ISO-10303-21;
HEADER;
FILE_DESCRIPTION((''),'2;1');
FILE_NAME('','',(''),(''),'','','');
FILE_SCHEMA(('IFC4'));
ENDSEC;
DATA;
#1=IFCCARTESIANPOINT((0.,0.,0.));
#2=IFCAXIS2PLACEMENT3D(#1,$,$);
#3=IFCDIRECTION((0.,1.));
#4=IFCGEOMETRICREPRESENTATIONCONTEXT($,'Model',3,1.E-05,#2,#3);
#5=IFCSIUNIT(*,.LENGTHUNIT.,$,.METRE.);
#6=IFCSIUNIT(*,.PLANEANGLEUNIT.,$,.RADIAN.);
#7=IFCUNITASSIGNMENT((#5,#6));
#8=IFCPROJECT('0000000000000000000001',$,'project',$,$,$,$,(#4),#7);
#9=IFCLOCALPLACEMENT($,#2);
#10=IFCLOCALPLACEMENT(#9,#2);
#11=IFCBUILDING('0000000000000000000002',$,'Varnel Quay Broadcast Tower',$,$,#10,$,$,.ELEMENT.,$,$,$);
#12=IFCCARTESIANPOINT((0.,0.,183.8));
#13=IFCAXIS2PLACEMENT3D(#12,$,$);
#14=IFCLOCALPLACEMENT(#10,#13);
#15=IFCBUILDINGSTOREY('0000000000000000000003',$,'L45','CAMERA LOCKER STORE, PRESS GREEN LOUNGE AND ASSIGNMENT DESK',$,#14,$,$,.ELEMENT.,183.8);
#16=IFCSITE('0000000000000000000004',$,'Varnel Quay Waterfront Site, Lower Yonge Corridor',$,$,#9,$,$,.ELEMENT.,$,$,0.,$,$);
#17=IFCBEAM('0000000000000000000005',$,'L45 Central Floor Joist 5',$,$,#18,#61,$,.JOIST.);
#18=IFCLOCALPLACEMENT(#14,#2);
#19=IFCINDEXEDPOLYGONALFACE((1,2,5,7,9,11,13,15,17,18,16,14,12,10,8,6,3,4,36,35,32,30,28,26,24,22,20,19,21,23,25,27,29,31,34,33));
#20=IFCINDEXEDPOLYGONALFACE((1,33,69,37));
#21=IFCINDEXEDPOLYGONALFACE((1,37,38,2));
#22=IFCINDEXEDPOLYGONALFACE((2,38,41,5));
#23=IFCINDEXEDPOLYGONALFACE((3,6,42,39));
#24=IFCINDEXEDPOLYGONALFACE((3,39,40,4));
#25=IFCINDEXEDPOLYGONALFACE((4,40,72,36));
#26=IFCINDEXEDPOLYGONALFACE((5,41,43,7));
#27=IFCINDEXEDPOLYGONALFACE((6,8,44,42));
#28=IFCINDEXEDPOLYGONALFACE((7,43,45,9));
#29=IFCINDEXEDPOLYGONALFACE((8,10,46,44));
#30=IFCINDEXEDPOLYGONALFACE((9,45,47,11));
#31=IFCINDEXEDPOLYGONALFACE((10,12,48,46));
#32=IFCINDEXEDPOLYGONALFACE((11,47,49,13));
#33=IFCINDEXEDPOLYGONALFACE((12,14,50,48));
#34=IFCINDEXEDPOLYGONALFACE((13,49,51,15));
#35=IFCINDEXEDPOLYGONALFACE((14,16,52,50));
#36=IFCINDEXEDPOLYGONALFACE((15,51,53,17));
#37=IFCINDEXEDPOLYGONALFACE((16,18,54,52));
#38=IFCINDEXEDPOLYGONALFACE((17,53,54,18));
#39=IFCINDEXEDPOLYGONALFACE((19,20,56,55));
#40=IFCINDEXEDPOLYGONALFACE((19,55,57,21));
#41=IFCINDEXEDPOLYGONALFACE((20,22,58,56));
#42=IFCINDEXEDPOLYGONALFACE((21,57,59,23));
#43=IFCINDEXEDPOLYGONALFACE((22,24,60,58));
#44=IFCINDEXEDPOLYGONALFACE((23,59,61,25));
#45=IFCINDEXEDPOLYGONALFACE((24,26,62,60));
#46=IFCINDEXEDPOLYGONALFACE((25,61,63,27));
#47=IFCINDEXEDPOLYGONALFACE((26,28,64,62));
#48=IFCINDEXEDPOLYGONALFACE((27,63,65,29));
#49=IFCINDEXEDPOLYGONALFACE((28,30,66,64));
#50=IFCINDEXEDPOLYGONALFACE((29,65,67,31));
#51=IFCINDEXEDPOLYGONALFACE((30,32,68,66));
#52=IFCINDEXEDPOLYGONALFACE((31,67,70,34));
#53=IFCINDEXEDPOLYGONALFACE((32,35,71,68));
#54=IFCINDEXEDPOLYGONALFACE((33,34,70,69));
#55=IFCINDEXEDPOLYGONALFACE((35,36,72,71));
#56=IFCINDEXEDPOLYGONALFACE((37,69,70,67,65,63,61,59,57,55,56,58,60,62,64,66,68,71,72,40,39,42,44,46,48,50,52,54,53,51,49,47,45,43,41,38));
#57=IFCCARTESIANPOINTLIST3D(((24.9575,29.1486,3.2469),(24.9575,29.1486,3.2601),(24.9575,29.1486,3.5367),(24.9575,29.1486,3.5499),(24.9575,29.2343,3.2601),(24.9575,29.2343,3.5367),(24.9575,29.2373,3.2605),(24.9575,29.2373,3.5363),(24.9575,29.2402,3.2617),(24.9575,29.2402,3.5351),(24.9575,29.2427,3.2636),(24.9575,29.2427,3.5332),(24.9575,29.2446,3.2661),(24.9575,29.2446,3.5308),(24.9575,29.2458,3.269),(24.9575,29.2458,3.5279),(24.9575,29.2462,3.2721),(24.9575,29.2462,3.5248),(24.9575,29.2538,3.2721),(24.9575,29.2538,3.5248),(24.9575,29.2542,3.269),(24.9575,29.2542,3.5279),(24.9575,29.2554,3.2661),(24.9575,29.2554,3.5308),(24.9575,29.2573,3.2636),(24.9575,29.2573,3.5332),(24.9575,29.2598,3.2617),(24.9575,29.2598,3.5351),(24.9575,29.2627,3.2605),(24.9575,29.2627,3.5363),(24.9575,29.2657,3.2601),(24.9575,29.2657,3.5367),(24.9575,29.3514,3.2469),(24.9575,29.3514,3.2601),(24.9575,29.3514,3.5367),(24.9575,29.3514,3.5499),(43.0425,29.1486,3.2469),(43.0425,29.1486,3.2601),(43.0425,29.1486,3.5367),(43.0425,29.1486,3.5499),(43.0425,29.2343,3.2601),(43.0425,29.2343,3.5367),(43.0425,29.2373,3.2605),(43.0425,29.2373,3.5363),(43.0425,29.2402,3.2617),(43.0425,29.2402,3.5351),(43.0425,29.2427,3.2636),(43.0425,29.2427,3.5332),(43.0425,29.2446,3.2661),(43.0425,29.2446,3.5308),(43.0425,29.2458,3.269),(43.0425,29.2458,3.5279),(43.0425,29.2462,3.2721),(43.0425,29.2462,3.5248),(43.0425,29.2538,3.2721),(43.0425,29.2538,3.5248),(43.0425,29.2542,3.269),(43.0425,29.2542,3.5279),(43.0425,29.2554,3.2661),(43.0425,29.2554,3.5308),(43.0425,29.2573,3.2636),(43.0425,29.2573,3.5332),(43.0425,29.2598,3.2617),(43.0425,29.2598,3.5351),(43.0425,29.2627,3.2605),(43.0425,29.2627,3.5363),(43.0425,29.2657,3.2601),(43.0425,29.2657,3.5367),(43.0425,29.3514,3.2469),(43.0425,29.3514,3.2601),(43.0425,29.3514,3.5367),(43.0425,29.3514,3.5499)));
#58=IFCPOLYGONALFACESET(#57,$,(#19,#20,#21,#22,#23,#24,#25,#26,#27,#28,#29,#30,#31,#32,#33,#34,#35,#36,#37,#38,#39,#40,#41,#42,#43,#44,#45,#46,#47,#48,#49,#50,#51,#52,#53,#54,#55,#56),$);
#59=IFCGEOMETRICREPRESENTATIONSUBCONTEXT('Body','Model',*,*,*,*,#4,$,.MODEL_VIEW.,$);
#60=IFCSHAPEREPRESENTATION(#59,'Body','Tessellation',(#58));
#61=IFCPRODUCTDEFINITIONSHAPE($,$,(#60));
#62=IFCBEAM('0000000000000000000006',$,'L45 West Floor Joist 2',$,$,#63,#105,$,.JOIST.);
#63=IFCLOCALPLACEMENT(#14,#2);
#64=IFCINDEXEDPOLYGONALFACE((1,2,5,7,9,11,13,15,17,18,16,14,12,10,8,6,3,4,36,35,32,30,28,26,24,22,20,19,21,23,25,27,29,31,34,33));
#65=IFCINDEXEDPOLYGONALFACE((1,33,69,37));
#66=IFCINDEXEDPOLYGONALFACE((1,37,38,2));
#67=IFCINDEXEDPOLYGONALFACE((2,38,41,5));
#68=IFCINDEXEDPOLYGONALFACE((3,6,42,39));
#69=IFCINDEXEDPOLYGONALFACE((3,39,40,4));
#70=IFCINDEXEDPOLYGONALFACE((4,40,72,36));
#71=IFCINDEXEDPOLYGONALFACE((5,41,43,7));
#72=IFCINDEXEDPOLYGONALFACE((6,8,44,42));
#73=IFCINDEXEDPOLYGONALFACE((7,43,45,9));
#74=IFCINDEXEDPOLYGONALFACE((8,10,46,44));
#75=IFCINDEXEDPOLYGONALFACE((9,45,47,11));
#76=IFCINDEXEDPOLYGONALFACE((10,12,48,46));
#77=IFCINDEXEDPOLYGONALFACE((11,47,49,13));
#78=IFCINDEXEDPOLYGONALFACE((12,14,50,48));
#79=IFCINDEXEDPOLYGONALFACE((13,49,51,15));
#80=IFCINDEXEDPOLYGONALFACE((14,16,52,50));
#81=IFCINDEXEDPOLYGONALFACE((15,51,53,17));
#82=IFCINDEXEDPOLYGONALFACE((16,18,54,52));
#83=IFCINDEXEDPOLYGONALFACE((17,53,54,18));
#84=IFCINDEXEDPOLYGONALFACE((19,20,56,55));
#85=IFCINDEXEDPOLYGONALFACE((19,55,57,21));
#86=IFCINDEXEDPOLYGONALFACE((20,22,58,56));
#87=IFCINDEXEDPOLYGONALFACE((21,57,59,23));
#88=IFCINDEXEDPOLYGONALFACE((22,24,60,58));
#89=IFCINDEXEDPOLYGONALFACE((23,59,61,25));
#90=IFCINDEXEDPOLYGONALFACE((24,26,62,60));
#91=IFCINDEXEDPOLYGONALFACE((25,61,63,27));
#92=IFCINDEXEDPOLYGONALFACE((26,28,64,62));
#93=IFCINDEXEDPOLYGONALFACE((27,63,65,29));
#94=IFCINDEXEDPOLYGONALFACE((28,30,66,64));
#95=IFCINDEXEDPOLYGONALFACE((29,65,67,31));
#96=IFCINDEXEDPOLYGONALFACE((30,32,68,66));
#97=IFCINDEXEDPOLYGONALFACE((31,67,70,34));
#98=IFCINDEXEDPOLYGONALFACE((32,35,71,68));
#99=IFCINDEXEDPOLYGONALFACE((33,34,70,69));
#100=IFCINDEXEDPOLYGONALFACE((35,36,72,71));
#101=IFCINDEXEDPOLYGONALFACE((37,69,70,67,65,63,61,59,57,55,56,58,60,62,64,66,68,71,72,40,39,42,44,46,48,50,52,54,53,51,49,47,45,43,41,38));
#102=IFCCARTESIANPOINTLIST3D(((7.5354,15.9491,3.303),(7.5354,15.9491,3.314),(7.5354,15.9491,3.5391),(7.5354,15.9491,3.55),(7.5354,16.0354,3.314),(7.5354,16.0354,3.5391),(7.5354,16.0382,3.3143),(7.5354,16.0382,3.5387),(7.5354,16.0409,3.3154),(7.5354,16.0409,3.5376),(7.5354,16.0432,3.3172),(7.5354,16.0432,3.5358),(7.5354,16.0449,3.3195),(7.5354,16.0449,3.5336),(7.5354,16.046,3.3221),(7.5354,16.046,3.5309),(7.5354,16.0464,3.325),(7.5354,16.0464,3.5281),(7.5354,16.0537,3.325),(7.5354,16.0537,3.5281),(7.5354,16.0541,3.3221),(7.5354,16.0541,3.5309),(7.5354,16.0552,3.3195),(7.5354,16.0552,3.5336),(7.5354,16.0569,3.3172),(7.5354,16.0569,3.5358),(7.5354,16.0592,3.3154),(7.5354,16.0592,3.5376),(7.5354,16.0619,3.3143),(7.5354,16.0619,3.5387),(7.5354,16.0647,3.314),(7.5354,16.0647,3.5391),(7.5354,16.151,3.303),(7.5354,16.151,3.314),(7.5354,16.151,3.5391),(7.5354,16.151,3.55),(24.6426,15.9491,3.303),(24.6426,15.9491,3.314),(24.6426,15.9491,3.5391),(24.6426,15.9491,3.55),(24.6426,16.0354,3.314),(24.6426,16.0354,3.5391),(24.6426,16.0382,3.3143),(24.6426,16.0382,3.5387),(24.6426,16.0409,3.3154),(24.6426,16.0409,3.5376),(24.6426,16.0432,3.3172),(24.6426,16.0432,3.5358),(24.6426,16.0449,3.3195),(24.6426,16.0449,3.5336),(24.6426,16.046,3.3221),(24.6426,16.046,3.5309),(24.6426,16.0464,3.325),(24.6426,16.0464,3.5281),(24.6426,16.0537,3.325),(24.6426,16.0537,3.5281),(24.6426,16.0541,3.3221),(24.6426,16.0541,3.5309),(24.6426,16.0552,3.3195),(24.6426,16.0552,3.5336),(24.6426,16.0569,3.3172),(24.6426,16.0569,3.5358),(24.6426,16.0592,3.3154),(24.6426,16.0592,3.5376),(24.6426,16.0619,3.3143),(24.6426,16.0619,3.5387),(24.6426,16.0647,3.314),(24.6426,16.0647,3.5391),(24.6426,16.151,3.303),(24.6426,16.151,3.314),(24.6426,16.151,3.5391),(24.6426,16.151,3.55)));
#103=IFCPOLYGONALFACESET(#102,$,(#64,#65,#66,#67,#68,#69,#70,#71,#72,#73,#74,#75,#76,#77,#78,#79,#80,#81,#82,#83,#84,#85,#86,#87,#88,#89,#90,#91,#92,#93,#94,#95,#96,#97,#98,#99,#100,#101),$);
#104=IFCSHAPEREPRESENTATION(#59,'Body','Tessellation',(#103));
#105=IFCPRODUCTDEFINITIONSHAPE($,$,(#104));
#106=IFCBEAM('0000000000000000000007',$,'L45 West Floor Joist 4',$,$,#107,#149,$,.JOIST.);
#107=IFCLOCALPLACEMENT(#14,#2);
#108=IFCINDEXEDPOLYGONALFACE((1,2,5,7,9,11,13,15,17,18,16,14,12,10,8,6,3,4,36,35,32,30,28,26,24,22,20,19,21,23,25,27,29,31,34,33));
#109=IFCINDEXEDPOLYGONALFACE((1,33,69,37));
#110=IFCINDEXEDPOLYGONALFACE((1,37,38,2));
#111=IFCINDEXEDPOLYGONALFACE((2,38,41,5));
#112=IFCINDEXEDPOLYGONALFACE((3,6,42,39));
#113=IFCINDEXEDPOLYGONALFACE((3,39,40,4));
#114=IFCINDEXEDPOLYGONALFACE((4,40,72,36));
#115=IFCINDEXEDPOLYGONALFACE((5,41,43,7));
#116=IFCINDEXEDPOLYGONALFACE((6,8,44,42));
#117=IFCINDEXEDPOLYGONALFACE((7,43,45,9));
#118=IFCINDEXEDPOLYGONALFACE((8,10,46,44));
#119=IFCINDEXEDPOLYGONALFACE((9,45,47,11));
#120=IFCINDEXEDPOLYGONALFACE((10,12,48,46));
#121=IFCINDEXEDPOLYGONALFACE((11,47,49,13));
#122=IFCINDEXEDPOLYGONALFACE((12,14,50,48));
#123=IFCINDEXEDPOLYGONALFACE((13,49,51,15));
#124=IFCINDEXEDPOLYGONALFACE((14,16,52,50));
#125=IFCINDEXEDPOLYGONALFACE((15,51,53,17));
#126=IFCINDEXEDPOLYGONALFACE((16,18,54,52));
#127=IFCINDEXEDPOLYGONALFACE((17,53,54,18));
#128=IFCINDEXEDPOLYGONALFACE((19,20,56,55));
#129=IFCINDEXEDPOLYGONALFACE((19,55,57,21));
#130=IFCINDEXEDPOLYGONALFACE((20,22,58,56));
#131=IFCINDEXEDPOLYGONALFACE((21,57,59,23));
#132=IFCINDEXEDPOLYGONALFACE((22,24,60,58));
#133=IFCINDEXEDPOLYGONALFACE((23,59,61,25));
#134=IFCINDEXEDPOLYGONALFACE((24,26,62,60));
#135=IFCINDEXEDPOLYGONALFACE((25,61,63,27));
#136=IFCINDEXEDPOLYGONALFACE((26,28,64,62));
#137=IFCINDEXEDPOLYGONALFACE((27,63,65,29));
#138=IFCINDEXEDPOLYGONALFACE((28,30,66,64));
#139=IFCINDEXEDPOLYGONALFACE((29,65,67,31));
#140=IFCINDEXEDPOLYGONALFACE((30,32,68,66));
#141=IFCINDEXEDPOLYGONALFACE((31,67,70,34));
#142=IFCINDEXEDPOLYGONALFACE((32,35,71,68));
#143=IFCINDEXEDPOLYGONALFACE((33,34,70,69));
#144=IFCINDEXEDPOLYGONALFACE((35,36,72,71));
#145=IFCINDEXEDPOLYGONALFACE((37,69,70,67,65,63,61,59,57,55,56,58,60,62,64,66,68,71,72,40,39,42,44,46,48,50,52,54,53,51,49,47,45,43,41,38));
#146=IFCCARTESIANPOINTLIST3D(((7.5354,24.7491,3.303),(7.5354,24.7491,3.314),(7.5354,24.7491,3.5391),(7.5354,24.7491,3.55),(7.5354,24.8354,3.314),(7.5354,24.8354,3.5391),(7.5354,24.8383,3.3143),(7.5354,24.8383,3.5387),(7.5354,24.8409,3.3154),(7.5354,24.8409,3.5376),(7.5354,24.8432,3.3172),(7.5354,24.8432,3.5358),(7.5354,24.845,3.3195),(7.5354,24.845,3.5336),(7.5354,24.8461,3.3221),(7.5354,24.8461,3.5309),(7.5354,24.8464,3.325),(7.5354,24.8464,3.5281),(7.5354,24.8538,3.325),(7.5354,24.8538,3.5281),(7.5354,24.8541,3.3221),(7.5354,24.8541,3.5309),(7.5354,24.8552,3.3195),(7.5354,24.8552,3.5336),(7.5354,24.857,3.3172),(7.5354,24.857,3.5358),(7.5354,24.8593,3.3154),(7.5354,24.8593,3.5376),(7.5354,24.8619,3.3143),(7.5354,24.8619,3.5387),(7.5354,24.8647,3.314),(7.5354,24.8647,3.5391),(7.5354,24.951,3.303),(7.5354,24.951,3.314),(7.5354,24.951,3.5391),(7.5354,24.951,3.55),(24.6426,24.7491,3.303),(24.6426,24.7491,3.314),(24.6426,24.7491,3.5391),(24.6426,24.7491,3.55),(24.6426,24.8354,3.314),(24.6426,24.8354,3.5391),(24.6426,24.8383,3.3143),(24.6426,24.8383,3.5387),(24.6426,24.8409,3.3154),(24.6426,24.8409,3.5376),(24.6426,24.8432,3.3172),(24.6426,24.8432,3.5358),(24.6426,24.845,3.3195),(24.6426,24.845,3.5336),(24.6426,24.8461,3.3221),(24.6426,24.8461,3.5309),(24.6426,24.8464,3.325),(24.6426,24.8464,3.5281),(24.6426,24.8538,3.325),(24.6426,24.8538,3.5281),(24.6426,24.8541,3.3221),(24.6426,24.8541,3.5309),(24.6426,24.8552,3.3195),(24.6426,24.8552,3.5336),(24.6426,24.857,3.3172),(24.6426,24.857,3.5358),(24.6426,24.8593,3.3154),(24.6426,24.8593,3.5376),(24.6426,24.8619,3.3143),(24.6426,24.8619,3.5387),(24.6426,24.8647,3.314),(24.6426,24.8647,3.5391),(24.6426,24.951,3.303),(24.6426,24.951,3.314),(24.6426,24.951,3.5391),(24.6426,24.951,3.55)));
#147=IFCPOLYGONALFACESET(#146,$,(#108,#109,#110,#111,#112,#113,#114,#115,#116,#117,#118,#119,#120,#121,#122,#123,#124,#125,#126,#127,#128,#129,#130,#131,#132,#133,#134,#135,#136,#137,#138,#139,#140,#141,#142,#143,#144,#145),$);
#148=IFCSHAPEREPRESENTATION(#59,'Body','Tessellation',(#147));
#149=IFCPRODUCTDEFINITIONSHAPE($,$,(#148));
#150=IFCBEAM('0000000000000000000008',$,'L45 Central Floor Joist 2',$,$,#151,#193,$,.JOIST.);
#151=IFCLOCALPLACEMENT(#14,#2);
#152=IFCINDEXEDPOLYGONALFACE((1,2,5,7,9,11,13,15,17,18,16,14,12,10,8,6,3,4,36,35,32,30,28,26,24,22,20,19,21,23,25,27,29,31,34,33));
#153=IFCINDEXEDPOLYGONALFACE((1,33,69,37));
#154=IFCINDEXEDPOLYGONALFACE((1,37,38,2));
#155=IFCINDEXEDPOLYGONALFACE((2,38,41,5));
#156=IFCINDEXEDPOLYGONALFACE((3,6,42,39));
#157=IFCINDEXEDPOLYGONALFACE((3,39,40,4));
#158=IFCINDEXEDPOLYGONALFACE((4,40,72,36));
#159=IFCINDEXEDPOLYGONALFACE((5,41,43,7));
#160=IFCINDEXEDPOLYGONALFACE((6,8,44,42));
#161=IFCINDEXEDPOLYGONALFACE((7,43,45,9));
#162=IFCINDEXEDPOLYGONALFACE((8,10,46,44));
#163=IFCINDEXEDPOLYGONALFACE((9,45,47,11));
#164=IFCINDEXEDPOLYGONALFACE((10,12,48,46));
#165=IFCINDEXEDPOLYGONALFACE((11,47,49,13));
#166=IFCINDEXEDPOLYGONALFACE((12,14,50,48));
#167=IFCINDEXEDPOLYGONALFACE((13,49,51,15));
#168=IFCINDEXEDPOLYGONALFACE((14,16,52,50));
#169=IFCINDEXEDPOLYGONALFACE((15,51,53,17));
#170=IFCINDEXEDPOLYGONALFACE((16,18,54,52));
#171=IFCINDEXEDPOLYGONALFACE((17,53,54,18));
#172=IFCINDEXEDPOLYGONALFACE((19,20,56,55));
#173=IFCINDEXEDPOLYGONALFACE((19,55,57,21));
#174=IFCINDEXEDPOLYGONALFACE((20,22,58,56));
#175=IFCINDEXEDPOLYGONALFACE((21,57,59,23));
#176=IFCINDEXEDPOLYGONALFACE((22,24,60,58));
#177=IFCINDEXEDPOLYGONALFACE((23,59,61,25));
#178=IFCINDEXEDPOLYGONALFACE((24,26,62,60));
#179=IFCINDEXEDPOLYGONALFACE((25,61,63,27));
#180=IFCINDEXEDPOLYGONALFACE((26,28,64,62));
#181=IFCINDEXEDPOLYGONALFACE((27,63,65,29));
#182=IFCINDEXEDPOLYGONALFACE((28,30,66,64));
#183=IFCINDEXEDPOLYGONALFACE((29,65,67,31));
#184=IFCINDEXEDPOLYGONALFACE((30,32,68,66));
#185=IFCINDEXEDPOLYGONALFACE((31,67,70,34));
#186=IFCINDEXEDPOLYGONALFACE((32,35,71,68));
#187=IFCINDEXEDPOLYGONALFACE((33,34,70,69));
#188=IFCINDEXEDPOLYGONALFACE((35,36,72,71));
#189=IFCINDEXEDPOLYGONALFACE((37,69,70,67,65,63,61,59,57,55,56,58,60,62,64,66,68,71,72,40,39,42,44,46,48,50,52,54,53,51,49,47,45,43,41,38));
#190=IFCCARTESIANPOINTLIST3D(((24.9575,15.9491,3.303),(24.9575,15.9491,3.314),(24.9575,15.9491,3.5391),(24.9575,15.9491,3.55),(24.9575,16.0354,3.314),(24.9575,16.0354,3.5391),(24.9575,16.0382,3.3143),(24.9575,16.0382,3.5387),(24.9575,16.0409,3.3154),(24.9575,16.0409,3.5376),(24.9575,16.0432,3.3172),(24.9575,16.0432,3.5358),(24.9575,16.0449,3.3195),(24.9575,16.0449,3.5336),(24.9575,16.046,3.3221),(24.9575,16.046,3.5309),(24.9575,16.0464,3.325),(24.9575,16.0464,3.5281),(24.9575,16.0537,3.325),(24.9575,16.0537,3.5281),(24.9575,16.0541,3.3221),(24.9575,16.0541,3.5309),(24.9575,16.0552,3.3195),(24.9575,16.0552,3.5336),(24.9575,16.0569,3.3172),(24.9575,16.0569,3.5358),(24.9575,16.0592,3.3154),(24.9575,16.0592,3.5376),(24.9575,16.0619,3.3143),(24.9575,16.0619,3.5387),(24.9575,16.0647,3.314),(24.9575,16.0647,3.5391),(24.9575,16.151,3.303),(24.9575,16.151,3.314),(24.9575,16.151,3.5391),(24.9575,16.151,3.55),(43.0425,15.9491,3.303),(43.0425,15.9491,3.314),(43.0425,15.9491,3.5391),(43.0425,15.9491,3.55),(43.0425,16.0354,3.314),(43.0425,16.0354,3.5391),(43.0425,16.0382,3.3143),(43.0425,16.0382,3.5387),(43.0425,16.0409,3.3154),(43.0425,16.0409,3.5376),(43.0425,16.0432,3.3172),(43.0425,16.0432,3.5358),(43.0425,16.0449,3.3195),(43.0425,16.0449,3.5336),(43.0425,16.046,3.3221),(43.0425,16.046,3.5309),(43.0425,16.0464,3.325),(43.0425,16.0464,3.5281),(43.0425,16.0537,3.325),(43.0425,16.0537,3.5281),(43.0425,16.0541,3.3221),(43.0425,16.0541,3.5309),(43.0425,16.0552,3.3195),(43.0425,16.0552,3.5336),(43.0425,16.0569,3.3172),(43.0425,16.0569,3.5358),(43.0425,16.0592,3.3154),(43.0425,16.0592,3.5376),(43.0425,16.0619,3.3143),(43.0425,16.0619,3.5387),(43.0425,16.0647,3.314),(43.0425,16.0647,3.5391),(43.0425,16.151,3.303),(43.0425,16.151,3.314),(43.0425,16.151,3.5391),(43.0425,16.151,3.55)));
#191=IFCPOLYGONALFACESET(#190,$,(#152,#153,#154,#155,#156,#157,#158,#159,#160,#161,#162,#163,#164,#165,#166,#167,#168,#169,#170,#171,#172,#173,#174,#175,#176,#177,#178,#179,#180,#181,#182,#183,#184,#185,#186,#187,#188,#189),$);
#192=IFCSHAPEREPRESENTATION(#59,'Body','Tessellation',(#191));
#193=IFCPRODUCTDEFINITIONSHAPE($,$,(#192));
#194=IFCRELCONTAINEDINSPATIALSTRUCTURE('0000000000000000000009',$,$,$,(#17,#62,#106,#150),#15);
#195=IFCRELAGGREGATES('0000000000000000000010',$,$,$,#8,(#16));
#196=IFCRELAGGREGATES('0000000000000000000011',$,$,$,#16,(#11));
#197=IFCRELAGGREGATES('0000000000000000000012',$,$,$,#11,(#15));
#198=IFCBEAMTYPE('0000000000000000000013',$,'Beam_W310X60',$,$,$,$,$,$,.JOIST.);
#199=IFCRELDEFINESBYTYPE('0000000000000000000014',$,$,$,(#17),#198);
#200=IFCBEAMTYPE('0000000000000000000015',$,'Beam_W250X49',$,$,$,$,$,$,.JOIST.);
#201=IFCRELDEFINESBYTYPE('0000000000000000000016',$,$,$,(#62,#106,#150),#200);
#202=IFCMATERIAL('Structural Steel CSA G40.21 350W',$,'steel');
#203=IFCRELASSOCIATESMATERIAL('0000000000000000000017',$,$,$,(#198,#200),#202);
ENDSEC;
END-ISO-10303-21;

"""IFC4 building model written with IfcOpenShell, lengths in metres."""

from ifc_helpers import new_model, si_unit, direction, frame, origin, origin_2d, place, context, subcontext, project, spatial, i_section, extrude, source, transform, mapped, material, material_profile, profile_set, type_object, type_shapes, element, save


model = new_model("IFC4")

# Units and contexts
model_context = context("Model", 3, precision=1e-05, world=origin(), true_north=direction((0.0, 1.0)))
body_context = subcontext(model_context, "Body", "Model", "MODEL_VIEW")
ifc_project = project(units=[si_unit("LENGTHUNIT", "METRE"), si_unit("PLANEANGLEUNIT", "RADIAN")], contexts=[model_context])

# Site, building, storey
site_placement = place(None, origin())
site = spatial("IfcSite", under=ifc_project, at=site_placement, Name="Varnel Quay Waterfront Site, Lower Yonge Corridor", CompositionType="ELEMENT", RefElevation=0.0)
building_placement = place(site_placement, origin())
building = spatial("IfcBuilding", under=site, at=building_placement, Name="Varnel Quay Broadcast Tower", CompositionType="ELEMENT")
storey_placement = place(building_placement, frame((0.0, 0.0, 183.8)))
storey = spatial("IfcBuildingStorey", under=building, at=storey_placement, Name="L45", Description="CAMERA LOCKER STORE, PRESS GREEN LOUNGE AND ASSIGNMENT DESK", CompositionType="ELEMENT", Elevation=183.8)

# Shared definitions
ifc_material_1 = material(Name="Structural Steel CSA G40.21 350W", Category="steel")

# Beams
ifc_material_profile_1 = material_profile(ifc_material_1, i_section(OverallWidth=0.2029, OverallDepth=0.303, WebThickness=0.0076, FlangeThickness=0.0132, FilletRadius=0.012, at=origin_2d()), Name="W310X60")
ifc_profile_set_1 = profile_set([ifc_material_profile_1], Name="Structural Steel CSA G40.21 350W")
beam_type_1 = type_object("IfcBeamType", Name="Beam_W310X60", PredefinedType="JOIST", material=ifc_profile_set_1)
shared_shape_1 = source(origin(), body_context, "Body", "SweptSolid", [
    extrude(i_section(OverallWidth=0.2029, OverallDepth=0.303, WebThickness=0.0076, FlangeThickness=0.0132, FilletRadius=0.012, at=origin_2d()), origin(), (0.0, 0.0, 1.0), 18.085),
])
for number, where, z_axis, x_axis, name in (
    (1, (24.9575, 29.25, 3.3984), (1.0, 0.0, 0.0), (0.0, 1.0, 0.0), "L45 Central Floor Joist 5"),
):
    element("IfcBeam", number, at=place(storey_placement, frame(where, z_axis=z_axis, x_axis=x_axis)), inside=storey, type_object=beam_type_1, Name=name, PredefinedType="JOIST", context=body_context, shape_type="MappedRepresentation", body=[
        mapped(shared_shape_1, transform((0.0, 0.0, 0.0), x_axis=(1.0, 0.0, 0.0), y_axis=(0.0, 1.0, 0.0), z_axis=(0.0, 0.0, 1.0), scale=1.0)),
    ])
ifc_material_profile_2 = material_profile(ifc_material_1, i_section(OverallWidth=0.2019, OverallDepth=0.2471, WebThickness=0.0073, FlangeThickness=0.011, FilletRadius=0.011, at=origin_2d()), Name="W250X49")
ifc_profile_set_2 = profile_set([ifc_material_profile_2], Name="Structural Steel CSA G40.21 350W")
beam_type_2 = type_object("IfcBeamType", Name="Beam_W250X49", PredefinedType="JOIST", material=ifc_profile_set_2)
shared_shape_2 = source(origin(), body_context, "Body", "SweptSolid", [
    extrude(i_section(OverallWidth=0.2019, OverallDepth=0.2471, WebThickness=0.0073, FlangeThickness=0.011, FilletRadius=0.011, at=origin_2d()), origin(), (0.0, 0.0, 1.0), 17.1072),
])
for number, where, z_axis, x_axis, name in (
    (2, (7.5354, 16.05, 3.4265), (1.0, 0.0, 0.0), (0.0, 1.0, 0.0), "L45 West Floor Joist 2"),
    (3, (7.5354, 24.8501, 3.4265), (1.0, 0.0, 0.0), (0.0, 1.0, 0.0), "L45 West Floor Joist 4"),
):
    element("IfcBeam", number, at=place(storey_placement, frame(where, z_axis=z_axis, x_axis=x_axis)), inside=storey, type_object=beam_type_2, Name=name, PredefinedType="JOIST", context=body_context, shape_type="MappedRepresentation", body=[
        mapped(shared_shape_2, transform((0.0, 0.0, 0.0), x_axis=(1.0, 0.0, 0.0), y_axis=(0.0, 1.0, 0.0), z_axis=(0.0, 0.0, 1.0), scale=1.0)),
    ])
shared_shape_3 = source(origin(), body_context, "Body", "SweptSolid", [
    extrude(i_section(OverallWidth=0.2019, OverallDepth=0.2471, WebThickness=0.0073, FlangeThickness=0.011, FilletRadius=0.011, at=origin_2d()), origin(), (0.0, 0.0, 1.0), 18.085),
])
type_shapes(beam_type_2, [shared_shape_2, shared_shape_3])
for number, where, z_axis, x_axis, name in (
    (4, (24.9575, 16.05, 3.4265), (1.0, 0.0, 0.0), (0.0, 1.0, 0.0), "L45 Central Floor Joist 2"),
):
    element("IfcBeam", number, at=place(storey_placement, frame(where, z_axis=z_axis, x_axis=x_axis)), inside=storey, type_object=beam_type_2, Name=name, PredefinedType="JOIST", context=body_context, shape_type="MappedRepresentation", body=[
        mapped(shared_shape_3, transform((0.0, 0.0, 0.0), x_axis=(1.0, 0.0, 0.0), y_axis=(0.0, 1.0, 0.0), z_axis=(0.0, 0.0, 1.0), scale=1.0)),
    ])

save(model, "model.ifc")
